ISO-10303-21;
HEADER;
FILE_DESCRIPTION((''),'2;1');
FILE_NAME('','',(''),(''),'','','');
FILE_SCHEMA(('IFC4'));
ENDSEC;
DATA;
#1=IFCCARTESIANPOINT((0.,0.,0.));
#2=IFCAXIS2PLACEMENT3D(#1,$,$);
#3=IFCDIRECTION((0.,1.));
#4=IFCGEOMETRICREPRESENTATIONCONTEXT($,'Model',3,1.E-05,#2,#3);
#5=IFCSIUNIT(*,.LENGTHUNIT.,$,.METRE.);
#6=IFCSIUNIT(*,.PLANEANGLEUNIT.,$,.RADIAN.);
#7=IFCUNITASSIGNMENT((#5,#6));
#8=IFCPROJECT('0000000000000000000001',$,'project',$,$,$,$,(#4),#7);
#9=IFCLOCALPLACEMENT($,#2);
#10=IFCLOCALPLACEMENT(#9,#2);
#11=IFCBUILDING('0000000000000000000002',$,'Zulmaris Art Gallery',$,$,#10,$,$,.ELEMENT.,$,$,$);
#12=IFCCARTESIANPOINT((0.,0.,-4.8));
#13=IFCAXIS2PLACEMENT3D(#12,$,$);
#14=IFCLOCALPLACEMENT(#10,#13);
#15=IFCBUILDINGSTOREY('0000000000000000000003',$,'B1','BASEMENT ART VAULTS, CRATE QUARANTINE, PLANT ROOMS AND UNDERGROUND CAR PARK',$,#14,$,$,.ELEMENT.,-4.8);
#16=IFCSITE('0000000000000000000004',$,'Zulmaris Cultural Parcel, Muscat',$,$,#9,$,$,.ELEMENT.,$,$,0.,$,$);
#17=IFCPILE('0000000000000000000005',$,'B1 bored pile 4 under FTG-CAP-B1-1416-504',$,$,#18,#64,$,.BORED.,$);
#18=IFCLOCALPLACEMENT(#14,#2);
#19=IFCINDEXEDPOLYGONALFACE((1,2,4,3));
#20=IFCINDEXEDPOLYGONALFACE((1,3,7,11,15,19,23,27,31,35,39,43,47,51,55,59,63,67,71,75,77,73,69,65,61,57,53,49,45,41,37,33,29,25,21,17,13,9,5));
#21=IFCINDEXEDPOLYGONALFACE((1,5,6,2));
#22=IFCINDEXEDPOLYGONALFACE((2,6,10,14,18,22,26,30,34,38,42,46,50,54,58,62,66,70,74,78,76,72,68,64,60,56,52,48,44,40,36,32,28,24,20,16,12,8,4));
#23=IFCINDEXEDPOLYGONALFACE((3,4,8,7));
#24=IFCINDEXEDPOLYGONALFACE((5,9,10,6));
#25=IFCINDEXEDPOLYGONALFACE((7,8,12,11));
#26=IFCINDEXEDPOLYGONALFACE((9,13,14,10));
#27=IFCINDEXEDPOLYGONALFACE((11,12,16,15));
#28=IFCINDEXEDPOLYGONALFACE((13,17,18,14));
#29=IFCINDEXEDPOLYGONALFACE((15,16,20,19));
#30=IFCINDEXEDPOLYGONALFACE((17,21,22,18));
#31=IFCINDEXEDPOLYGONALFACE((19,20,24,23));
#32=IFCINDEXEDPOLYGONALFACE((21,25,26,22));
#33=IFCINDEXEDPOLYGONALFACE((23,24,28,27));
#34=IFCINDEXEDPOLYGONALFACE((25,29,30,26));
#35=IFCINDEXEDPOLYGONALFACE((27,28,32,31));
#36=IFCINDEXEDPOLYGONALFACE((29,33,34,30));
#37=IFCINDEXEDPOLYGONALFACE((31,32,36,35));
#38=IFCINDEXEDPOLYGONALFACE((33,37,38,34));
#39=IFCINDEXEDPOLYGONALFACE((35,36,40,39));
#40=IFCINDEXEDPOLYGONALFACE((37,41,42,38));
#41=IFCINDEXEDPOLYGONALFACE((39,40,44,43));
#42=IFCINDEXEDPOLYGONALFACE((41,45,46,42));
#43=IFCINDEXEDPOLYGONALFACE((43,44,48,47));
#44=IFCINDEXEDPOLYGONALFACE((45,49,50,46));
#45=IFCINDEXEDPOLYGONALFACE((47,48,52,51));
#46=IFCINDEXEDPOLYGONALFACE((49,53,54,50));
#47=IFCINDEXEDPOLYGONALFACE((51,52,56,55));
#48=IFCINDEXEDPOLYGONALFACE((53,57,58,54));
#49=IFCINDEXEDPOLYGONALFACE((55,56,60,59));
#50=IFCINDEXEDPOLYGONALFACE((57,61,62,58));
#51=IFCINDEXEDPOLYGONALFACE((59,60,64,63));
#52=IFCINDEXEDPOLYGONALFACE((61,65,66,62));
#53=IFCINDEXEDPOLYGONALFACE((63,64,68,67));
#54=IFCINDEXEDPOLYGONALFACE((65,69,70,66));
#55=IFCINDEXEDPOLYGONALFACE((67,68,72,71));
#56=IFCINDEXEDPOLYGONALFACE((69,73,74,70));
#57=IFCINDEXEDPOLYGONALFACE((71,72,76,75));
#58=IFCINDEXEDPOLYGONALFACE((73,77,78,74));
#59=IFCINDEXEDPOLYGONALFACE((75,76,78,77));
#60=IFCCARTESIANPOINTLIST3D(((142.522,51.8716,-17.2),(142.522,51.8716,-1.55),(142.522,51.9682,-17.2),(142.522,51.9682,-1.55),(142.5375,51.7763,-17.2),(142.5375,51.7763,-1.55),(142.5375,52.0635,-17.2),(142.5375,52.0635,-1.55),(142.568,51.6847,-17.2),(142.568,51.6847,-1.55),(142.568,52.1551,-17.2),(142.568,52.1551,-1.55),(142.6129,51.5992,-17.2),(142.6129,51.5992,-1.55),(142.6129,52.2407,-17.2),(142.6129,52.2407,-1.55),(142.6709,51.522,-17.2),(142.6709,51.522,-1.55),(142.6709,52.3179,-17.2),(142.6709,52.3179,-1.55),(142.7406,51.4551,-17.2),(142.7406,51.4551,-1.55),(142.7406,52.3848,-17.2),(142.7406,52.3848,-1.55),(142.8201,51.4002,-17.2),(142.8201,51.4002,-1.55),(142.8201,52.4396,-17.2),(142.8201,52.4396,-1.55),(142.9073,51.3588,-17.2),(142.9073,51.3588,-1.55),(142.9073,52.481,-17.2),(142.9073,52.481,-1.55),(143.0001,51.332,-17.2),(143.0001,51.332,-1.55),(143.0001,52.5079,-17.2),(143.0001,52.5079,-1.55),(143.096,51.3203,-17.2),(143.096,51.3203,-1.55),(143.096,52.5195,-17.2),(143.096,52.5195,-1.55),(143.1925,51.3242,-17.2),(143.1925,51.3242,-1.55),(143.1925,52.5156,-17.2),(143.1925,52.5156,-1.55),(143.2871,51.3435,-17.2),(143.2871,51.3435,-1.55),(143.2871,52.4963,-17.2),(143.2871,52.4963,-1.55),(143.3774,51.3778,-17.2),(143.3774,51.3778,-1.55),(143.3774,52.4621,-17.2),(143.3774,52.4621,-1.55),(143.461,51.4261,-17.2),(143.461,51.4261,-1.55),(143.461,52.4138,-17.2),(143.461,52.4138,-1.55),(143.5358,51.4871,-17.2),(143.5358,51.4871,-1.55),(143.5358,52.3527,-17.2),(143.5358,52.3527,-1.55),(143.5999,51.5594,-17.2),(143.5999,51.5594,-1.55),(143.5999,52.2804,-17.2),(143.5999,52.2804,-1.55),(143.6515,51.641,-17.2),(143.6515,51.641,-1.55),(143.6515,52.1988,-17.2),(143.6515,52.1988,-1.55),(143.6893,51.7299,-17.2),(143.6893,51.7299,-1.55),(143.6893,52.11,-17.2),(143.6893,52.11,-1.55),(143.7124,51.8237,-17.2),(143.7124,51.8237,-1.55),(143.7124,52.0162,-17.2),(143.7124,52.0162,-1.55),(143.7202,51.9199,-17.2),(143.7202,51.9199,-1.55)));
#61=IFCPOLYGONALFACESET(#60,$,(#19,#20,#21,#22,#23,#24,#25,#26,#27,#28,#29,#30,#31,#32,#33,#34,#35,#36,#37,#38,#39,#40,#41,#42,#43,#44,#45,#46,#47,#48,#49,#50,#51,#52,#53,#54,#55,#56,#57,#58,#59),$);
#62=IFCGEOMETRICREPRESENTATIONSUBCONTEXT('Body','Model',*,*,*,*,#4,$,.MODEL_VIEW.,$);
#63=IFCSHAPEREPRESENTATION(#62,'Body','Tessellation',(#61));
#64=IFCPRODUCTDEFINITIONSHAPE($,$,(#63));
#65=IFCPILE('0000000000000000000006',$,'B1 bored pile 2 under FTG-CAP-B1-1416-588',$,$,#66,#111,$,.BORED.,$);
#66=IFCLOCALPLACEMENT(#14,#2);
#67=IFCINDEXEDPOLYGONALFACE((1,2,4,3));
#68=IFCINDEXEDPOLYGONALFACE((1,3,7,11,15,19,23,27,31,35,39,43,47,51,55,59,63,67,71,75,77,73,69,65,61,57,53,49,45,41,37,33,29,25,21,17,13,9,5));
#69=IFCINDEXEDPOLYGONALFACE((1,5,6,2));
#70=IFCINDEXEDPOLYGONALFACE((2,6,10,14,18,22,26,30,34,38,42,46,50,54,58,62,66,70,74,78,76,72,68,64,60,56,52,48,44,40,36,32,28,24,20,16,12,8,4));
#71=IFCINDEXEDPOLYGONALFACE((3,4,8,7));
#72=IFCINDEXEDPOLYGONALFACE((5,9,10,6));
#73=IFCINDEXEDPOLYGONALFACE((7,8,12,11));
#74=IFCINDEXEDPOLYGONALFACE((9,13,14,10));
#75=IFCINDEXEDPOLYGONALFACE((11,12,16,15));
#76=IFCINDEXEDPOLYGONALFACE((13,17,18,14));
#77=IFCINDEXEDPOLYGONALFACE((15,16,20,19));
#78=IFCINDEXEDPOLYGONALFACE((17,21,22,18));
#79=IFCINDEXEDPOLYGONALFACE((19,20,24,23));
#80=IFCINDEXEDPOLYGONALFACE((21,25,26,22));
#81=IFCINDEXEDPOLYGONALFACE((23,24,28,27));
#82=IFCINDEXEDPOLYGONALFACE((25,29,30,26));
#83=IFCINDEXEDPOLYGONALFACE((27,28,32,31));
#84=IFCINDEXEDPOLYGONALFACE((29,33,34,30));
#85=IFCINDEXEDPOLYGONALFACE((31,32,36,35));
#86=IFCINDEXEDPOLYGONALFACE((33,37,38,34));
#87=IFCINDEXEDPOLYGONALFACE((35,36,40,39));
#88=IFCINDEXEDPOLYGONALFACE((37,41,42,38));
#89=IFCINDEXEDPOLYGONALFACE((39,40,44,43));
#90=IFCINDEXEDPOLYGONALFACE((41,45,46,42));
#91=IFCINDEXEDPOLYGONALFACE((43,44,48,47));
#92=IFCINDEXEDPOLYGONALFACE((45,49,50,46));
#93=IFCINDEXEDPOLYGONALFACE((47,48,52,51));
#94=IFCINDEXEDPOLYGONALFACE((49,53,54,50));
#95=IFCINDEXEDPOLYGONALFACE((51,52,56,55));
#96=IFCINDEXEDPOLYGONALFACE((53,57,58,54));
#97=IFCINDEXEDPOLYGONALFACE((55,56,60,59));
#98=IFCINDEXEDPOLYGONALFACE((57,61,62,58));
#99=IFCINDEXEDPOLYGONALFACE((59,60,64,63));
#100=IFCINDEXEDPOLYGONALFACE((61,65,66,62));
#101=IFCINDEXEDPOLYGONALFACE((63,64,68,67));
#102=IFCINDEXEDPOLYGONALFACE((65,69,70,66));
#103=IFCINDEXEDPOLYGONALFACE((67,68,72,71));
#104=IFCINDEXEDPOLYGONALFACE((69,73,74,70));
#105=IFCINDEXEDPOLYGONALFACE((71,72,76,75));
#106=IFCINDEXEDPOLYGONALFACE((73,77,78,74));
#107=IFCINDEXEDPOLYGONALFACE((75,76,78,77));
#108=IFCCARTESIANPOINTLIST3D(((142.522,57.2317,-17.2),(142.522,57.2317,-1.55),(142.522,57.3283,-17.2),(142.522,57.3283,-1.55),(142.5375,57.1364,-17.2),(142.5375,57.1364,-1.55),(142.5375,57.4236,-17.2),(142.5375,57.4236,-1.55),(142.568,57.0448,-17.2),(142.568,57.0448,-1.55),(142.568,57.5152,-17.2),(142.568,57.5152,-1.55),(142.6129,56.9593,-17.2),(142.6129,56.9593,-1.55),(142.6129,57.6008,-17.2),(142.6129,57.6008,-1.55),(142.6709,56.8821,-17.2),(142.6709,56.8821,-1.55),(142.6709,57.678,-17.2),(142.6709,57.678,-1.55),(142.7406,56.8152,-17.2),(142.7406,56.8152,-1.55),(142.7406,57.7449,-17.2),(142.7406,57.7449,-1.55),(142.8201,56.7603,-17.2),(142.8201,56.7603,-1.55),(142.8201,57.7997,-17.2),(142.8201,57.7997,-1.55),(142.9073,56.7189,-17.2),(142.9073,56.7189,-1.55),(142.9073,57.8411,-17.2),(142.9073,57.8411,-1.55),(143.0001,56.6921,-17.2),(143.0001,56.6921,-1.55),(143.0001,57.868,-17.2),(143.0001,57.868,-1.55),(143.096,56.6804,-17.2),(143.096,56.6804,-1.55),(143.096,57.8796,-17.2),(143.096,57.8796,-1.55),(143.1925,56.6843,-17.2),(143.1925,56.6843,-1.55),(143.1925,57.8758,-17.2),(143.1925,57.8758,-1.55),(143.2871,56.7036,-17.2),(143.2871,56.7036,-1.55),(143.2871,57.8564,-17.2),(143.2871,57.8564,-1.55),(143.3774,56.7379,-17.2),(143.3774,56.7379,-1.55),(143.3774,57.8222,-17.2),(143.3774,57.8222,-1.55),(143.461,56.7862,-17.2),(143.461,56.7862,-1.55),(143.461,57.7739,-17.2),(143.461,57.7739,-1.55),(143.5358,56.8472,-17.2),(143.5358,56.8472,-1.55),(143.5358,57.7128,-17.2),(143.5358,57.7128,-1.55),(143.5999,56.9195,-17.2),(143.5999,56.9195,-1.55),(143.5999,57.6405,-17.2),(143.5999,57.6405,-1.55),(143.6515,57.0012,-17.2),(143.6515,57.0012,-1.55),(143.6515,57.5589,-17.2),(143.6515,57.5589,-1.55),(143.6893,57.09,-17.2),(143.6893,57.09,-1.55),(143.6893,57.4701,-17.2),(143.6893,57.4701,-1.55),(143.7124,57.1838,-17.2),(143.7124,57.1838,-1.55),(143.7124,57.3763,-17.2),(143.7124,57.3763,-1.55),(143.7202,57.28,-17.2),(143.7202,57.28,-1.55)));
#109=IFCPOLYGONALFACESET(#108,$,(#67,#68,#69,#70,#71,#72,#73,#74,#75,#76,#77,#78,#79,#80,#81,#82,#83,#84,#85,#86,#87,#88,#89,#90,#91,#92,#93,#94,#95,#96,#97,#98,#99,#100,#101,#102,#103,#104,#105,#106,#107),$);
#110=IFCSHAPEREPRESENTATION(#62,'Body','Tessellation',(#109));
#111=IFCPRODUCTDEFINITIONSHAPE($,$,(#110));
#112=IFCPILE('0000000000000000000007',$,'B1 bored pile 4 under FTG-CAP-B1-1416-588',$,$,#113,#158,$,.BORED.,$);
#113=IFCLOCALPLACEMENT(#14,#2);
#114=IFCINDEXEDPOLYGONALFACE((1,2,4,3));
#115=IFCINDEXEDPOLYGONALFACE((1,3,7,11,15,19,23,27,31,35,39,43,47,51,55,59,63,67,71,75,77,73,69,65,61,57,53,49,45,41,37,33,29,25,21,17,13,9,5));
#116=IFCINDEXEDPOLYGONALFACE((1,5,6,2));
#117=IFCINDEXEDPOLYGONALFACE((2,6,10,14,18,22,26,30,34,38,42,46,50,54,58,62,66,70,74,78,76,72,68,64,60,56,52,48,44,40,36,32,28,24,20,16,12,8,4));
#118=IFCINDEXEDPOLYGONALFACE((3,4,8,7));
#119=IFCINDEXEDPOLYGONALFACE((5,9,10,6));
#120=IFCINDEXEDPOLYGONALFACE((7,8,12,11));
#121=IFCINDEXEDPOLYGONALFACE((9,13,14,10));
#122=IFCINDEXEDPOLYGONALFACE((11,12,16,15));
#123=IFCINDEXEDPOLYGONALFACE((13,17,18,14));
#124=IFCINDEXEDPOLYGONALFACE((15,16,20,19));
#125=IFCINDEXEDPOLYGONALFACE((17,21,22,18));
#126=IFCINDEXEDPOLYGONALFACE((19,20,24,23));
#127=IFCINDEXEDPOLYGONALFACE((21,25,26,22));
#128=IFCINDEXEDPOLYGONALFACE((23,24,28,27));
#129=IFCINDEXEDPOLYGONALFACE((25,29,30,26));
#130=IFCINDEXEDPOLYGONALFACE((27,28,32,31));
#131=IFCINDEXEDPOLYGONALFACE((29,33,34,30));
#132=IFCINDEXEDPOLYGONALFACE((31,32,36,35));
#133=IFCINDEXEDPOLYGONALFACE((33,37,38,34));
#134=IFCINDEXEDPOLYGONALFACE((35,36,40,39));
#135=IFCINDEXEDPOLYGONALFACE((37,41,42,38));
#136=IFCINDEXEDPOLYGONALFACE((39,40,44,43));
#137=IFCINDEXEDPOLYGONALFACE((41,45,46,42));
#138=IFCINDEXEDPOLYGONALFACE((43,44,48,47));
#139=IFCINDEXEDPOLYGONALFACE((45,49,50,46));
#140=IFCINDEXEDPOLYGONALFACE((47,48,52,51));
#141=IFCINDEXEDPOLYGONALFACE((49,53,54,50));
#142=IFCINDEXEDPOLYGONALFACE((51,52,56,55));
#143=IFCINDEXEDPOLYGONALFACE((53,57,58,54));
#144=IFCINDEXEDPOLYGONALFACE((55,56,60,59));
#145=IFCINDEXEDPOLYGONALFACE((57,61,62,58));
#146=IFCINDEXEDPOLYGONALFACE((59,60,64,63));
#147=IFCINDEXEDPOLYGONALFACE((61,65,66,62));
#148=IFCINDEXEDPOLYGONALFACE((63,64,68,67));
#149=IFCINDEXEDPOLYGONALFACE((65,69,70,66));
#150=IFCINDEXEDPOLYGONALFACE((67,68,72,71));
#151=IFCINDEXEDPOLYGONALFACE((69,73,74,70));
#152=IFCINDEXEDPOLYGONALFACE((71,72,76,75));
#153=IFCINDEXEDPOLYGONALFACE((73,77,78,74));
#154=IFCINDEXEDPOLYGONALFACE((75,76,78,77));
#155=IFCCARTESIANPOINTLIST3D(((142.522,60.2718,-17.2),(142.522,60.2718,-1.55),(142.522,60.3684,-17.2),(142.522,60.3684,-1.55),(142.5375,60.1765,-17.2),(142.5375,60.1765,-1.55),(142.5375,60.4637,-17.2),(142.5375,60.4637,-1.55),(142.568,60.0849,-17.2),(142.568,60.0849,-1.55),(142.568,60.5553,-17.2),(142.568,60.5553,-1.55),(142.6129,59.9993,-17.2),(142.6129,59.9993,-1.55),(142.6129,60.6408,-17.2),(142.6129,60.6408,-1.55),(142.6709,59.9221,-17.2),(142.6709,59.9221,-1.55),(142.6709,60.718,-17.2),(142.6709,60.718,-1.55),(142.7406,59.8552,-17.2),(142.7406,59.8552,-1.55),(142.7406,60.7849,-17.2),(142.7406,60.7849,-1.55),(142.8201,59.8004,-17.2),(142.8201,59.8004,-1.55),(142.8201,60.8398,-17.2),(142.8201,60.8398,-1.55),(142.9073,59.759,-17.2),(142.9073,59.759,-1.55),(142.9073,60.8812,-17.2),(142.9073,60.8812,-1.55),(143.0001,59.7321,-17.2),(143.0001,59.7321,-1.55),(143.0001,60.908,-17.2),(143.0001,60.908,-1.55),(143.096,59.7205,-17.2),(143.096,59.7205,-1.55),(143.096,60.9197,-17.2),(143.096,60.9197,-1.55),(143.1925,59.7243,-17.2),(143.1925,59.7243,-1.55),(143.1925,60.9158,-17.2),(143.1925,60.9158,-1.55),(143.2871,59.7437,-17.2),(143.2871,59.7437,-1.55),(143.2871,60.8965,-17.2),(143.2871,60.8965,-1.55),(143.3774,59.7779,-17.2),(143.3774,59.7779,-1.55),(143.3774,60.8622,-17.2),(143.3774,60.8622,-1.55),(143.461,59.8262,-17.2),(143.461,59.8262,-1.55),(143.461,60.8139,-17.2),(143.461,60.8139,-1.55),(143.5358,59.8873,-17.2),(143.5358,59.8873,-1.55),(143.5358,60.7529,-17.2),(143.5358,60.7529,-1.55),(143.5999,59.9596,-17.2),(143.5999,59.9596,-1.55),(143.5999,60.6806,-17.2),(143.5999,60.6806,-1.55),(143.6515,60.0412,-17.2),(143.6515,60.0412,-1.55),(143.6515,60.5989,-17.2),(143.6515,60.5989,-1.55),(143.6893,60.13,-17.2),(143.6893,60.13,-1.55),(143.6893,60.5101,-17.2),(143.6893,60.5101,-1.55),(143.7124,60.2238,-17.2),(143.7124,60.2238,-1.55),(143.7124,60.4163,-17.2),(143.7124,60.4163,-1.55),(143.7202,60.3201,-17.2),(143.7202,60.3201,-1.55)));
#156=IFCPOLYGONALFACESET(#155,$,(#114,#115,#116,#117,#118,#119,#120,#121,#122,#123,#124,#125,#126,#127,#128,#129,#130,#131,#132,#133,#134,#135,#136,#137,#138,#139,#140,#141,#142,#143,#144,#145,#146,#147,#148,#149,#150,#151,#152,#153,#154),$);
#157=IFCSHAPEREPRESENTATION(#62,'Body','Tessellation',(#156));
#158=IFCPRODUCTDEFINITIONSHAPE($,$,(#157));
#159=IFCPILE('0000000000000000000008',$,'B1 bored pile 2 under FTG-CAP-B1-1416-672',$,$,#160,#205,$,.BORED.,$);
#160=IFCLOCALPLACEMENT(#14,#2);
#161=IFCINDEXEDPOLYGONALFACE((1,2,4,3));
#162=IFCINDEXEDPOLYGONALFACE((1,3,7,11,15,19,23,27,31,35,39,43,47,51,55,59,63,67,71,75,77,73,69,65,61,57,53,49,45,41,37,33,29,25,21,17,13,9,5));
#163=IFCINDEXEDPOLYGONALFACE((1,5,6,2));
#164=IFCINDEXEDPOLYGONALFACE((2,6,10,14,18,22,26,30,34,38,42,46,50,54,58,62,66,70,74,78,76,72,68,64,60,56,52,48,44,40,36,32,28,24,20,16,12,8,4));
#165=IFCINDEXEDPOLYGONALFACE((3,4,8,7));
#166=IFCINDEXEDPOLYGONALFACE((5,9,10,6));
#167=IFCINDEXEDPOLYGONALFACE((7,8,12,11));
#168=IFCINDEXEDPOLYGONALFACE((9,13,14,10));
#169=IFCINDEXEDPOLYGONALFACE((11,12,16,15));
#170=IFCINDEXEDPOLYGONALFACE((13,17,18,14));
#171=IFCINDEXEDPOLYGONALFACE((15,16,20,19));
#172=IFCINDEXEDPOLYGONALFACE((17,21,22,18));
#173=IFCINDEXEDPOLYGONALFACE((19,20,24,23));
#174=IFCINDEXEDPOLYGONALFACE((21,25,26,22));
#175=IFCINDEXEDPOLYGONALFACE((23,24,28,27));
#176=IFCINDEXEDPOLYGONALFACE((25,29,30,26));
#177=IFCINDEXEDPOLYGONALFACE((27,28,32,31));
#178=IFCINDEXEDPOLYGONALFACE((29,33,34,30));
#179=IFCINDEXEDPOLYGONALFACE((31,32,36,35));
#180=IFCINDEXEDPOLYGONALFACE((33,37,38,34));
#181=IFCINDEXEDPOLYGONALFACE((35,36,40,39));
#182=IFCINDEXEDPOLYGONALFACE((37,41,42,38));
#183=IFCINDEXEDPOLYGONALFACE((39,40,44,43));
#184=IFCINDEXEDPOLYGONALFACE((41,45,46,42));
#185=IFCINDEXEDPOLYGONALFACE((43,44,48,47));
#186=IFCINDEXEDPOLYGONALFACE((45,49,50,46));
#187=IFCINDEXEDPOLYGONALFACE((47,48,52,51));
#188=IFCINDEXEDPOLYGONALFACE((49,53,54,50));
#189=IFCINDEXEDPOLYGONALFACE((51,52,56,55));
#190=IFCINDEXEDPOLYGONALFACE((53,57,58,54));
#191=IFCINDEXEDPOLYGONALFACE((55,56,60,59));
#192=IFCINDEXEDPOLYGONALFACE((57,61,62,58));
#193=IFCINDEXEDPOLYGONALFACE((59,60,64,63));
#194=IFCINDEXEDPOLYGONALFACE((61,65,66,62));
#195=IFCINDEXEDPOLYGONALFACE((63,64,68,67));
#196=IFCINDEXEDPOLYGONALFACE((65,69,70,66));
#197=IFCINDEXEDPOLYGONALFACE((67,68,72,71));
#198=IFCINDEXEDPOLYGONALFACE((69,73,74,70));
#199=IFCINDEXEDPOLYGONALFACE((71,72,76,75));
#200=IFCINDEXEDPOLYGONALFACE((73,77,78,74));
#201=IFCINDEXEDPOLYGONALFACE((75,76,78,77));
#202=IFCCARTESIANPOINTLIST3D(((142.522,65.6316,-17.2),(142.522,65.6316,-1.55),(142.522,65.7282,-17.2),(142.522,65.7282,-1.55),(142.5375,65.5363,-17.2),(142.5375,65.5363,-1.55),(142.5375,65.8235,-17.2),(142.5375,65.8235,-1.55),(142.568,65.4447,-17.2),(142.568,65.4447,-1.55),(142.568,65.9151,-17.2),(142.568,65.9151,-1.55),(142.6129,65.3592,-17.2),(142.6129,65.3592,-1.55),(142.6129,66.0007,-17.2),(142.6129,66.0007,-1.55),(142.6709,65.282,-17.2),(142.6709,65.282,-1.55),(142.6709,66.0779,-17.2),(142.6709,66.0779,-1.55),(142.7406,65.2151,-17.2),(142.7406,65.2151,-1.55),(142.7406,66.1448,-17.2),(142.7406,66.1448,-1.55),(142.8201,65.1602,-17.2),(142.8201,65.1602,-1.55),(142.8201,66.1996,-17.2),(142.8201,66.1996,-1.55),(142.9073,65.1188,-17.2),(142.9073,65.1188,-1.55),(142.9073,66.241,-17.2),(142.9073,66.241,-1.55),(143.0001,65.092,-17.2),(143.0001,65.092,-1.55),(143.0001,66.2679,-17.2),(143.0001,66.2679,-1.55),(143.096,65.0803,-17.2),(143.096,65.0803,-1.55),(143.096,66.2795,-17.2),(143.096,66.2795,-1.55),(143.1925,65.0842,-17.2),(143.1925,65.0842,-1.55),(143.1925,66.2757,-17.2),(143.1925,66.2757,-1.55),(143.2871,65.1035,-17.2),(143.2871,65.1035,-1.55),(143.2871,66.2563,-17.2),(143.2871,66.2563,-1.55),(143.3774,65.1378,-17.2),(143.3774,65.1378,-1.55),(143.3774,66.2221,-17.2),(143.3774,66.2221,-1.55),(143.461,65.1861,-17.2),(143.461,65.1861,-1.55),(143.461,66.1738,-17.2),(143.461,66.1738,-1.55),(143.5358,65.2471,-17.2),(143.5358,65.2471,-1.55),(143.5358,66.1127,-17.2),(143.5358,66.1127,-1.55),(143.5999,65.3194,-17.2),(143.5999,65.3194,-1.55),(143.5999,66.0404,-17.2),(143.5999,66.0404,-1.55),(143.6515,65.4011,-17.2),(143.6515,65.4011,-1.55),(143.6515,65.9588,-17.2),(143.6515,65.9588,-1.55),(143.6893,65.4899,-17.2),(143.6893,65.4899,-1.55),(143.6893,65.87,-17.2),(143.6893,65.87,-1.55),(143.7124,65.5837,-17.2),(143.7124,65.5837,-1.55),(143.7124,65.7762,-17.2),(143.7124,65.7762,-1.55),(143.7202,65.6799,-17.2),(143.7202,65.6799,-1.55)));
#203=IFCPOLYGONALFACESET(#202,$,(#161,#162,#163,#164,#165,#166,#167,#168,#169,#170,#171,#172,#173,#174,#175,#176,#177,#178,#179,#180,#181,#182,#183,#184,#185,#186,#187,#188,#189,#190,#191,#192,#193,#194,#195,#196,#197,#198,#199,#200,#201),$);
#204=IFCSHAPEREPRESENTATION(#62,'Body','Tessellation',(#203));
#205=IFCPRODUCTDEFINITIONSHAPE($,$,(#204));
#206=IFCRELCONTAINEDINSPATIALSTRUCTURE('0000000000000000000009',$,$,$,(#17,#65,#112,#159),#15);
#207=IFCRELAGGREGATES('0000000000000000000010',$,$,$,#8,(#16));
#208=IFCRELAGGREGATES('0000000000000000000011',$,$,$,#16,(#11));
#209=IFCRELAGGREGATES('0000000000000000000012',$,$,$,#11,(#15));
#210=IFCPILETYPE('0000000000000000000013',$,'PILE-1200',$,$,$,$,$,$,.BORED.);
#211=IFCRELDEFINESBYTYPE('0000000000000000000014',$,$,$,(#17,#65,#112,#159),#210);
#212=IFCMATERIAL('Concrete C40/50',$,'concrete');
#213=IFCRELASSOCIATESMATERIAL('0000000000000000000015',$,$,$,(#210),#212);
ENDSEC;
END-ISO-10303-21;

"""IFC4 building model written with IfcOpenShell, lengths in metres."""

from ifc_helpers import new_model, si_unit, direction, frame, origin, origin_2d, place, context, subcontext, project, spatial, circle, extrude, material, material_profile, profile_set, type_object, element, save


model = new_model("IFC4")

# Units and contexts
model_context = context("Model", 3, precision=1e-05, world=origin(), true_north=direction((0.0, 1.0)))
body_context = subcontext(model_context, "Body", "Model", "MODEL_VIEW")
ifc_project = project(units=[si_unit("LENGTHUNIT", "METRE"), si_unit("PLANEANGLEUNIT", "RADIAN")], contexts=[model_context])

# Site, building, storey
site_placement = place(None, origin())
site = spatial("IfcSite", under=ifc_project, at=site_placement, Name="Zulmaris Cultural Parcel, Muscat", CompositionType="ELEMENT", RefElevation=0.0)
building_placement = place(site_placement, origin())
building = spatial("IfcBuilding", under=site, at=building_placement, Name="Zulmaris Art Gallery", CompositionType="ELEMENT")
storey_placement = place(building_placement, frame((0.0, 0.0, -4.8)))
storey = spatial("IfcBuildingStorey", under=building, at=storey_placement, Name="B1", Description="BASEMENT ART VAULTS, CRATE QUARANTINE, PLANT ROOMS AND UNDERGROUND CAR PARK", CompositionType="ELEMENT", Elevation=-4.8)

# Piles
ifc_material_1 = material(Name="Concrete C40/50", Category="concrete")
ifc_material_profile_1 = material_profile(ifc_material_1, circle(Radius=0.6001, at=origin_2d()), Name="PILE DIA 1200")
ifc_profile_set_1 = profile_set([ifc_material_profile_1], Name="Concrete C40/50")
pile_type = type_object("IfcPileType", Name="PILE-1200", PredefinedType="BORED", material=ifc_profile_set_1)
for number, where, z_axis, x_axis, name in (
    (1, (143.1201, 51.9199, -1.55), (0.0, 0.0, -1.0), (1.0, 0.0, 0.0), "B1 bored pile 4 under FTG-CAP-B1-1416-504"),
    (2, (143.1201, 57.28, -1.55), (0.0, 0.0, -1.0), (1.0, 0.0, 0.0), "B1 bored pile 2 under FTG-CAP-B1-1416-588"),
    (3, (143.1201, 60.3201, -1.55), (0.0, 0.0, -1.0), (1.0, 0.0, 0.0), "B1 bored pile 4 under FTG-CAP-B1-1416-588"),
    (4, (143.1201, 65.6799, -1.55), (0.0, 0.0, -1.0), (1.0, 0.0, 0.0), "B1 bored pile 2 under FTG-CAP-B1-1416-672"),
):
    element("IfcPile", number, at=place(storey_placement, frame(where, z_axis=z_axis, x_axis=x_axis)), inside=storey, type_object=pile_type, Name=name, PredefinedType="BORED", context=body_context, shape_type="SweptSolid", body=[
        extrude(circle(Radius=0.6001, at=origin_2d()), origin(), (0.0, 0.0, 1.0), 15.6499),
    ])

save(model, "model.ifc")
